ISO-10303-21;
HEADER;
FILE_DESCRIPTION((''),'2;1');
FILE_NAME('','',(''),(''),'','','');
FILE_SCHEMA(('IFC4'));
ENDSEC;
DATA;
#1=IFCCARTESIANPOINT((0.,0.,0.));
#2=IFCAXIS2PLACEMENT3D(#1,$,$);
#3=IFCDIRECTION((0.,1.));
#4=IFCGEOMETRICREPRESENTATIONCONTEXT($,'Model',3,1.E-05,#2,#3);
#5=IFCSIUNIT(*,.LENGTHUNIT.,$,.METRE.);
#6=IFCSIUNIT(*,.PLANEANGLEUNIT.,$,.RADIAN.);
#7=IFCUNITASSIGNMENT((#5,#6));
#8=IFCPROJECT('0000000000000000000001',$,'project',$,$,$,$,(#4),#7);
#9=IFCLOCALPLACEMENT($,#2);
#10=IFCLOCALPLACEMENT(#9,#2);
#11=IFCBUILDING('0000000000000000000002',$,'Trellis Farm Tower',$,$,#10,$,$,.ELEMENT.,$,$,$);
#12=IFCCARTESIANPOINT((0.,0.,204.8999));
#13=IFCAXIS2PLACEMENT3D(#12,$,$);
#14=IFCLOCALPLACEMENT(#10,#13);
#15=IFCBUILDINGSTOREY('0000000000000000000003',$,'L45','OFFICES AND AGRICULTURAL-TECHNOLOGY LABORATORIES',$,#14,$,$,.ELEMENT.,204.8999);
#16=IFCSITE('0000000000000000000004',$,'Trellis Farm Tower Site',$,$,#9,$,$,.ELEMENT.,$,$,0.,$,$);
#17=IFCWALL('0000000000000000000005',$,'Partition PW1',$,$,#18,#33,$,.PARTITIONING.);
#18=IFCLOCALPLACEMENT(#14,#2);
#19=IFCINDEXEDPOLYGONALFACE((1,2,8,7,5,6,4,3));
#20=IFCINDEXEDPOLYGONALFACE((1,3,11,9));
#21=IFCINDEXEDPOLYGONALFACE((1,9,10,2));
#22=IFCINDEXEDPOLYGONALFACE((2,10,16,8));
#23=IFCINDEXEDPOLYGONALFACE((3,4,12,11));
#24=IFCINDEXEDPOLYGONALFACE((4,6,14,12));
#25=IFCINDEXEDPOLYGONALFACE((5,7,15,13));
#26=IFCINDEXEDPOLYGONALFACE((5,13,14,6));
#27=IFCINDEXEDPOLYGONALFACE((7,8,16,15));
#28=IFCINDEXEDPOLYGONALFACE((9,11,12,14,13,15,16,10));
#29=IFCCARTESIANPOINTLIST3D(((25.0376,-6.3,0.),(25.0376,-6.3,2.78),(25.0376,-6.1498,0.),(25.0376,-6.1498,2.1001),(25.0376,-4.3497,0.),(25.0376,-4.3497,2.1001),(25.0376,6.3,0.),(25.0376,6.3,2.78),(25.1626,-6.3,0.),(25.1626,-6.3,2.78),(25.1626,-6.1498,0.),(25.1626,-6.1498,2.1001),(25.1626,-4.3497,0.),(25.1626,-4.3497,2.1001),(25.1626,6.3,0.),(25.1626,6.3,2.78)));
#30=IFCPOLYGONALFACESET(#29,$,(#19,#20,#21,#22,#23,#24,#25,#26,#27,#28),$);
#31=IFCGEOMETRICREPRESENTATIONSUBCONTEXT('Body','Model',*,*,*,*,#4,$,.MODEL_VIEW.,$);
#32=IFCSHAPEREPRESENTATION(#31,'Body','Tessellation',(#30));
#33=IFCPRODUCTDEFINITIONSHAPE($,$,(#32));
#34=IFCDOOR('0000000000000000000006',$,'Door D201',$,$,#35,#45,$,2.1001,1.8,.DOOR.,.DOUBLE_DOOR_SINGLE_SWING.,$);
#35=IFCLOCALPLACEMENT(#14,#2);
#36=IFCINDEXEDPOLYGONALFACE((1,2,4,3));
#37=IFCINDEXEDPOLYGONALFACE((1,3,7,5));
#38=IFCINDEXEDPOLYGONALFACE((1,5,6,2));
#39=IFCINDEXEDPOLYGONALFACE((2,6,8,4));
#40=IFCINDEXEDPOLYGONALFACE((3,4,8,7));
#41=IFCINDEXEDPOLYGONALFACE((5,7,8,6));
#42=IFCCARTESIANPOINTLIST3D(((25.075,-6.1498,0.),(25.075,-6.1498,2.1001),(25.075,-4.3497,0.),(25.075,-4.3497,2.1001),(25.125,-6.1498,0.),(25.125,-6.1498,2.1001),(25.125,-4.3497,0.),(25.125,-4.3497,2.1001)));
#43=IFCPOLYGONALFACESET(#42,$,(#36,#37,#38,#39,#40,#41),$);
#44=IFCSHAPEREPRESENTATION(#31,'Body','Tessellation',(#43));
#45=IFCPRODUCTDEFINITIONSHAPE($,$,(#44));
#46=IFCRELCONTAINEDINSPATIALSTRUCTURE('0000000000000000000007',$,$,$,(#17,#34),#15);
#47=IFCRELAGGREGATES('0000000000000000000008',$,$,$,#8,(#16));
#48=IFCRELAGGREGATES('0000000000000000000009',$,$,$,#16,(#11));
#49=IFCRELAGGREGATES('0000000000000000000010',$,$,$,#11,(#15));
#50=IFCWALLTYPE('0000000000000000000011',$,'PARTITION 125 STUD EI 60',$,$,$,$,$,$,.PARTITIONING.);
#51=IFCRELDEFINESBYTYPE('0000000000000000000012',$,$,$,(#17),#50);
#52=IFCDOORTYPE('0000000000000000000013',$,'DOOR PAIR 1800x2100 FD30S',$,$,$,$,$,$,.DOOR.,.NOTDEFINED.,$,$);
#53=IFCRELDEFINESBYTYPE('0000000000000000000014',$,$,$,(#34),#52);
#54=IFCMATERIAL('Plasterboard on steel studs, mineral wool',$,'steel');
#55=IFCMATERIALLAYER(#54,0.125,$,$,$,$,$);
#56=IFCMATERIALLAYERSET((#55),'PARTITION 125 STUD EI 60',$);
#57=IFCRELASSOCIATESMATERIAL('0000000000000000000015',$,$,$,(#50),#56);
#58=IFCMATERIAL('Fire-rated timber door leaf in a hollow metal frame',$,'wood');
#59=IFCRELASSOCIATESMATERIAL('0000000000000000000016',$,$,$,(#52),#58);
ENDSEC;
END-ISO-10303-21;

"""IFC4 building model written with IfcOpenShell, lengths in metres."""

from ifc_helpers import new_model, si_unit, direction, frame, frame_2d, origin, place, context, subcontext, project, spatial, rectangle, extrude, source, transform, mapped, material, layer, layer_set, type_object, element, fill, save


model = new_model("IFC4")

# Units and contexts
model_context = context("Model", 3, precision=1e-05, world=origin(), true_north=direction((0.0, 1.0)))
body_context = subcontext(model_context, "Body", "Model", "MODEL_VIEW")
ifc_project = project(units=[si_unit("LENGTHUNIT", "METRE"), si_unit("PLANEANGLEUNIT", "RADIAN")], contexts=[model_context])

# Site, building, storey
site_placement = place(None, origin())
site = spatial("IfcSite", under=ifc_project, at=site_placement, Name="Trellis Farm Tower Site", CompositionType="ELEMENT", RefElevation=0.0)
building_placement = place(site_placement, origin())
building = spatial("IfcBuilding", under=site, at=building_placement, Name="Trellis Farm Tower", CompositionType="ELEMENT")
storey_placement = place(building_placement, frame((0.0, 0.0, 204.8999)))
storey = spatial("IfcBuildingStorey", under=building, at=storey_placement, Name="L45", Description="OFFICES AND AGRICULTURAL-TECHNOLOGY LABORATORIES", CompositionType="ELEMENT", Elevation=204.8999)

# Wall, opening, door
ifc_material_1 = material(Name="Plasterboard on steel studs, mineral wool", Category="steel")
ifc_layer_1 = layer(ifc_material_1, 0.125)
ifc_layer_set_1 = layer_set([ifc_layer_1], Name="PARTITION 125 STUD EI 60")
wall_type_1 = type_object("IfcWallType", Name="PARTITION 125 STUD EI 60", PredefinedType="PARTITIONING", material=ifc_layer_set_1)
shared_shape_1 = source(origin(), body_context, "Body", "SweptSolid", [
    extrude(rectangle(XDim=12.6001, YDim=0.125, at=frame_2d((6.3, 0.0))), origin(), (0.0, 0.0, 1.0), 2.78),
])
wall_1_placement = place(storey_placement, frame((25.1001, 6.3, 0.0), z_axis=(0.0, 0.0, 1.0), x_axis=(0.0, -1.0, 0.0)))
wall_1 = element("IfcWall", 1, at=wall_1_placement, inside=storey, type_object=wall_type_1, Name="Partition PW1", PredefinedType="PARTITIONING", context=body_context, shape_type="MappedRepresentation", body=[
    mapped(shared_shape_1, transform((0.0, 0.0, 0.0))),
])
shared_shape_2 = source(origin(), body_context, "Body", "SweptSolid", [
    extrude(rectangle(XDim=1.8, YDim=2.1001, at=frame_2d((0.8999, 1.05))), frame((0.0, 0.0725, 0.0), z_axis=(0.0, -1.0, 0.0), x_axis=(1.0, 0.0, 0.0)), (0.0, 0.0, 1.0), 0.145),
])
opening_1_placement = place(wall_1_placement, frame((10.6499, 0.0, 0.0)))
opening_1 = element("IfcOpeningElement", 2, at=opening_1_placement, cuts=wall_1, PredefinedType="OPENING", context=body_context, shape_type="MappedRepresentation", body=[
    mapped(shared_shape_2, transform((0.0, 0.0, 0.0))),
])
ifc_material_2 = material(Name="Fire-rated timber door leaf in a hollow metal frame", Category="wood")
door_type_1 = type_object("IfcDoorType", Name="DOOR PAIR 1800x2100 FD30S", OperationType="NOTDEFINED", PredefinedType="DOOR", material=ifc_material_2)
shared_shape_3 = source(origin(), body_context, "Body", "SweptSolid", [
    extrude(rectangle(XDim=1.8, YDim=2.1001, at=frame_2d((0.8999, 1.05))), frame((0.0, 0.0249, 0.0), z_axis=(0.0, -1.0, 0.0), x_axis=(1.0, 0.0, 0.0)), (0.0, 0.0, 1.0), 0.05),
])
door_1_placement = place(opening_1_placement, origin())
door_1 = element("IfcDoor", 3, at=door_1_placement, inside=storey, type_object=door_type_1, Name="Door D201", OperationType="DOUBLE_DOOR_SINGLE_SWING", OverallHeight=2.1001, OverallWidth=1.8, PredefinedType="DOOR", context=body_context, shape_type="MappedRepresentation", body=[
    mapped(shared_shape_3, transform((0.0, 0.0, 0.0))),
])
fill(opening_1, door_1)

save(model, "model.ifc")
